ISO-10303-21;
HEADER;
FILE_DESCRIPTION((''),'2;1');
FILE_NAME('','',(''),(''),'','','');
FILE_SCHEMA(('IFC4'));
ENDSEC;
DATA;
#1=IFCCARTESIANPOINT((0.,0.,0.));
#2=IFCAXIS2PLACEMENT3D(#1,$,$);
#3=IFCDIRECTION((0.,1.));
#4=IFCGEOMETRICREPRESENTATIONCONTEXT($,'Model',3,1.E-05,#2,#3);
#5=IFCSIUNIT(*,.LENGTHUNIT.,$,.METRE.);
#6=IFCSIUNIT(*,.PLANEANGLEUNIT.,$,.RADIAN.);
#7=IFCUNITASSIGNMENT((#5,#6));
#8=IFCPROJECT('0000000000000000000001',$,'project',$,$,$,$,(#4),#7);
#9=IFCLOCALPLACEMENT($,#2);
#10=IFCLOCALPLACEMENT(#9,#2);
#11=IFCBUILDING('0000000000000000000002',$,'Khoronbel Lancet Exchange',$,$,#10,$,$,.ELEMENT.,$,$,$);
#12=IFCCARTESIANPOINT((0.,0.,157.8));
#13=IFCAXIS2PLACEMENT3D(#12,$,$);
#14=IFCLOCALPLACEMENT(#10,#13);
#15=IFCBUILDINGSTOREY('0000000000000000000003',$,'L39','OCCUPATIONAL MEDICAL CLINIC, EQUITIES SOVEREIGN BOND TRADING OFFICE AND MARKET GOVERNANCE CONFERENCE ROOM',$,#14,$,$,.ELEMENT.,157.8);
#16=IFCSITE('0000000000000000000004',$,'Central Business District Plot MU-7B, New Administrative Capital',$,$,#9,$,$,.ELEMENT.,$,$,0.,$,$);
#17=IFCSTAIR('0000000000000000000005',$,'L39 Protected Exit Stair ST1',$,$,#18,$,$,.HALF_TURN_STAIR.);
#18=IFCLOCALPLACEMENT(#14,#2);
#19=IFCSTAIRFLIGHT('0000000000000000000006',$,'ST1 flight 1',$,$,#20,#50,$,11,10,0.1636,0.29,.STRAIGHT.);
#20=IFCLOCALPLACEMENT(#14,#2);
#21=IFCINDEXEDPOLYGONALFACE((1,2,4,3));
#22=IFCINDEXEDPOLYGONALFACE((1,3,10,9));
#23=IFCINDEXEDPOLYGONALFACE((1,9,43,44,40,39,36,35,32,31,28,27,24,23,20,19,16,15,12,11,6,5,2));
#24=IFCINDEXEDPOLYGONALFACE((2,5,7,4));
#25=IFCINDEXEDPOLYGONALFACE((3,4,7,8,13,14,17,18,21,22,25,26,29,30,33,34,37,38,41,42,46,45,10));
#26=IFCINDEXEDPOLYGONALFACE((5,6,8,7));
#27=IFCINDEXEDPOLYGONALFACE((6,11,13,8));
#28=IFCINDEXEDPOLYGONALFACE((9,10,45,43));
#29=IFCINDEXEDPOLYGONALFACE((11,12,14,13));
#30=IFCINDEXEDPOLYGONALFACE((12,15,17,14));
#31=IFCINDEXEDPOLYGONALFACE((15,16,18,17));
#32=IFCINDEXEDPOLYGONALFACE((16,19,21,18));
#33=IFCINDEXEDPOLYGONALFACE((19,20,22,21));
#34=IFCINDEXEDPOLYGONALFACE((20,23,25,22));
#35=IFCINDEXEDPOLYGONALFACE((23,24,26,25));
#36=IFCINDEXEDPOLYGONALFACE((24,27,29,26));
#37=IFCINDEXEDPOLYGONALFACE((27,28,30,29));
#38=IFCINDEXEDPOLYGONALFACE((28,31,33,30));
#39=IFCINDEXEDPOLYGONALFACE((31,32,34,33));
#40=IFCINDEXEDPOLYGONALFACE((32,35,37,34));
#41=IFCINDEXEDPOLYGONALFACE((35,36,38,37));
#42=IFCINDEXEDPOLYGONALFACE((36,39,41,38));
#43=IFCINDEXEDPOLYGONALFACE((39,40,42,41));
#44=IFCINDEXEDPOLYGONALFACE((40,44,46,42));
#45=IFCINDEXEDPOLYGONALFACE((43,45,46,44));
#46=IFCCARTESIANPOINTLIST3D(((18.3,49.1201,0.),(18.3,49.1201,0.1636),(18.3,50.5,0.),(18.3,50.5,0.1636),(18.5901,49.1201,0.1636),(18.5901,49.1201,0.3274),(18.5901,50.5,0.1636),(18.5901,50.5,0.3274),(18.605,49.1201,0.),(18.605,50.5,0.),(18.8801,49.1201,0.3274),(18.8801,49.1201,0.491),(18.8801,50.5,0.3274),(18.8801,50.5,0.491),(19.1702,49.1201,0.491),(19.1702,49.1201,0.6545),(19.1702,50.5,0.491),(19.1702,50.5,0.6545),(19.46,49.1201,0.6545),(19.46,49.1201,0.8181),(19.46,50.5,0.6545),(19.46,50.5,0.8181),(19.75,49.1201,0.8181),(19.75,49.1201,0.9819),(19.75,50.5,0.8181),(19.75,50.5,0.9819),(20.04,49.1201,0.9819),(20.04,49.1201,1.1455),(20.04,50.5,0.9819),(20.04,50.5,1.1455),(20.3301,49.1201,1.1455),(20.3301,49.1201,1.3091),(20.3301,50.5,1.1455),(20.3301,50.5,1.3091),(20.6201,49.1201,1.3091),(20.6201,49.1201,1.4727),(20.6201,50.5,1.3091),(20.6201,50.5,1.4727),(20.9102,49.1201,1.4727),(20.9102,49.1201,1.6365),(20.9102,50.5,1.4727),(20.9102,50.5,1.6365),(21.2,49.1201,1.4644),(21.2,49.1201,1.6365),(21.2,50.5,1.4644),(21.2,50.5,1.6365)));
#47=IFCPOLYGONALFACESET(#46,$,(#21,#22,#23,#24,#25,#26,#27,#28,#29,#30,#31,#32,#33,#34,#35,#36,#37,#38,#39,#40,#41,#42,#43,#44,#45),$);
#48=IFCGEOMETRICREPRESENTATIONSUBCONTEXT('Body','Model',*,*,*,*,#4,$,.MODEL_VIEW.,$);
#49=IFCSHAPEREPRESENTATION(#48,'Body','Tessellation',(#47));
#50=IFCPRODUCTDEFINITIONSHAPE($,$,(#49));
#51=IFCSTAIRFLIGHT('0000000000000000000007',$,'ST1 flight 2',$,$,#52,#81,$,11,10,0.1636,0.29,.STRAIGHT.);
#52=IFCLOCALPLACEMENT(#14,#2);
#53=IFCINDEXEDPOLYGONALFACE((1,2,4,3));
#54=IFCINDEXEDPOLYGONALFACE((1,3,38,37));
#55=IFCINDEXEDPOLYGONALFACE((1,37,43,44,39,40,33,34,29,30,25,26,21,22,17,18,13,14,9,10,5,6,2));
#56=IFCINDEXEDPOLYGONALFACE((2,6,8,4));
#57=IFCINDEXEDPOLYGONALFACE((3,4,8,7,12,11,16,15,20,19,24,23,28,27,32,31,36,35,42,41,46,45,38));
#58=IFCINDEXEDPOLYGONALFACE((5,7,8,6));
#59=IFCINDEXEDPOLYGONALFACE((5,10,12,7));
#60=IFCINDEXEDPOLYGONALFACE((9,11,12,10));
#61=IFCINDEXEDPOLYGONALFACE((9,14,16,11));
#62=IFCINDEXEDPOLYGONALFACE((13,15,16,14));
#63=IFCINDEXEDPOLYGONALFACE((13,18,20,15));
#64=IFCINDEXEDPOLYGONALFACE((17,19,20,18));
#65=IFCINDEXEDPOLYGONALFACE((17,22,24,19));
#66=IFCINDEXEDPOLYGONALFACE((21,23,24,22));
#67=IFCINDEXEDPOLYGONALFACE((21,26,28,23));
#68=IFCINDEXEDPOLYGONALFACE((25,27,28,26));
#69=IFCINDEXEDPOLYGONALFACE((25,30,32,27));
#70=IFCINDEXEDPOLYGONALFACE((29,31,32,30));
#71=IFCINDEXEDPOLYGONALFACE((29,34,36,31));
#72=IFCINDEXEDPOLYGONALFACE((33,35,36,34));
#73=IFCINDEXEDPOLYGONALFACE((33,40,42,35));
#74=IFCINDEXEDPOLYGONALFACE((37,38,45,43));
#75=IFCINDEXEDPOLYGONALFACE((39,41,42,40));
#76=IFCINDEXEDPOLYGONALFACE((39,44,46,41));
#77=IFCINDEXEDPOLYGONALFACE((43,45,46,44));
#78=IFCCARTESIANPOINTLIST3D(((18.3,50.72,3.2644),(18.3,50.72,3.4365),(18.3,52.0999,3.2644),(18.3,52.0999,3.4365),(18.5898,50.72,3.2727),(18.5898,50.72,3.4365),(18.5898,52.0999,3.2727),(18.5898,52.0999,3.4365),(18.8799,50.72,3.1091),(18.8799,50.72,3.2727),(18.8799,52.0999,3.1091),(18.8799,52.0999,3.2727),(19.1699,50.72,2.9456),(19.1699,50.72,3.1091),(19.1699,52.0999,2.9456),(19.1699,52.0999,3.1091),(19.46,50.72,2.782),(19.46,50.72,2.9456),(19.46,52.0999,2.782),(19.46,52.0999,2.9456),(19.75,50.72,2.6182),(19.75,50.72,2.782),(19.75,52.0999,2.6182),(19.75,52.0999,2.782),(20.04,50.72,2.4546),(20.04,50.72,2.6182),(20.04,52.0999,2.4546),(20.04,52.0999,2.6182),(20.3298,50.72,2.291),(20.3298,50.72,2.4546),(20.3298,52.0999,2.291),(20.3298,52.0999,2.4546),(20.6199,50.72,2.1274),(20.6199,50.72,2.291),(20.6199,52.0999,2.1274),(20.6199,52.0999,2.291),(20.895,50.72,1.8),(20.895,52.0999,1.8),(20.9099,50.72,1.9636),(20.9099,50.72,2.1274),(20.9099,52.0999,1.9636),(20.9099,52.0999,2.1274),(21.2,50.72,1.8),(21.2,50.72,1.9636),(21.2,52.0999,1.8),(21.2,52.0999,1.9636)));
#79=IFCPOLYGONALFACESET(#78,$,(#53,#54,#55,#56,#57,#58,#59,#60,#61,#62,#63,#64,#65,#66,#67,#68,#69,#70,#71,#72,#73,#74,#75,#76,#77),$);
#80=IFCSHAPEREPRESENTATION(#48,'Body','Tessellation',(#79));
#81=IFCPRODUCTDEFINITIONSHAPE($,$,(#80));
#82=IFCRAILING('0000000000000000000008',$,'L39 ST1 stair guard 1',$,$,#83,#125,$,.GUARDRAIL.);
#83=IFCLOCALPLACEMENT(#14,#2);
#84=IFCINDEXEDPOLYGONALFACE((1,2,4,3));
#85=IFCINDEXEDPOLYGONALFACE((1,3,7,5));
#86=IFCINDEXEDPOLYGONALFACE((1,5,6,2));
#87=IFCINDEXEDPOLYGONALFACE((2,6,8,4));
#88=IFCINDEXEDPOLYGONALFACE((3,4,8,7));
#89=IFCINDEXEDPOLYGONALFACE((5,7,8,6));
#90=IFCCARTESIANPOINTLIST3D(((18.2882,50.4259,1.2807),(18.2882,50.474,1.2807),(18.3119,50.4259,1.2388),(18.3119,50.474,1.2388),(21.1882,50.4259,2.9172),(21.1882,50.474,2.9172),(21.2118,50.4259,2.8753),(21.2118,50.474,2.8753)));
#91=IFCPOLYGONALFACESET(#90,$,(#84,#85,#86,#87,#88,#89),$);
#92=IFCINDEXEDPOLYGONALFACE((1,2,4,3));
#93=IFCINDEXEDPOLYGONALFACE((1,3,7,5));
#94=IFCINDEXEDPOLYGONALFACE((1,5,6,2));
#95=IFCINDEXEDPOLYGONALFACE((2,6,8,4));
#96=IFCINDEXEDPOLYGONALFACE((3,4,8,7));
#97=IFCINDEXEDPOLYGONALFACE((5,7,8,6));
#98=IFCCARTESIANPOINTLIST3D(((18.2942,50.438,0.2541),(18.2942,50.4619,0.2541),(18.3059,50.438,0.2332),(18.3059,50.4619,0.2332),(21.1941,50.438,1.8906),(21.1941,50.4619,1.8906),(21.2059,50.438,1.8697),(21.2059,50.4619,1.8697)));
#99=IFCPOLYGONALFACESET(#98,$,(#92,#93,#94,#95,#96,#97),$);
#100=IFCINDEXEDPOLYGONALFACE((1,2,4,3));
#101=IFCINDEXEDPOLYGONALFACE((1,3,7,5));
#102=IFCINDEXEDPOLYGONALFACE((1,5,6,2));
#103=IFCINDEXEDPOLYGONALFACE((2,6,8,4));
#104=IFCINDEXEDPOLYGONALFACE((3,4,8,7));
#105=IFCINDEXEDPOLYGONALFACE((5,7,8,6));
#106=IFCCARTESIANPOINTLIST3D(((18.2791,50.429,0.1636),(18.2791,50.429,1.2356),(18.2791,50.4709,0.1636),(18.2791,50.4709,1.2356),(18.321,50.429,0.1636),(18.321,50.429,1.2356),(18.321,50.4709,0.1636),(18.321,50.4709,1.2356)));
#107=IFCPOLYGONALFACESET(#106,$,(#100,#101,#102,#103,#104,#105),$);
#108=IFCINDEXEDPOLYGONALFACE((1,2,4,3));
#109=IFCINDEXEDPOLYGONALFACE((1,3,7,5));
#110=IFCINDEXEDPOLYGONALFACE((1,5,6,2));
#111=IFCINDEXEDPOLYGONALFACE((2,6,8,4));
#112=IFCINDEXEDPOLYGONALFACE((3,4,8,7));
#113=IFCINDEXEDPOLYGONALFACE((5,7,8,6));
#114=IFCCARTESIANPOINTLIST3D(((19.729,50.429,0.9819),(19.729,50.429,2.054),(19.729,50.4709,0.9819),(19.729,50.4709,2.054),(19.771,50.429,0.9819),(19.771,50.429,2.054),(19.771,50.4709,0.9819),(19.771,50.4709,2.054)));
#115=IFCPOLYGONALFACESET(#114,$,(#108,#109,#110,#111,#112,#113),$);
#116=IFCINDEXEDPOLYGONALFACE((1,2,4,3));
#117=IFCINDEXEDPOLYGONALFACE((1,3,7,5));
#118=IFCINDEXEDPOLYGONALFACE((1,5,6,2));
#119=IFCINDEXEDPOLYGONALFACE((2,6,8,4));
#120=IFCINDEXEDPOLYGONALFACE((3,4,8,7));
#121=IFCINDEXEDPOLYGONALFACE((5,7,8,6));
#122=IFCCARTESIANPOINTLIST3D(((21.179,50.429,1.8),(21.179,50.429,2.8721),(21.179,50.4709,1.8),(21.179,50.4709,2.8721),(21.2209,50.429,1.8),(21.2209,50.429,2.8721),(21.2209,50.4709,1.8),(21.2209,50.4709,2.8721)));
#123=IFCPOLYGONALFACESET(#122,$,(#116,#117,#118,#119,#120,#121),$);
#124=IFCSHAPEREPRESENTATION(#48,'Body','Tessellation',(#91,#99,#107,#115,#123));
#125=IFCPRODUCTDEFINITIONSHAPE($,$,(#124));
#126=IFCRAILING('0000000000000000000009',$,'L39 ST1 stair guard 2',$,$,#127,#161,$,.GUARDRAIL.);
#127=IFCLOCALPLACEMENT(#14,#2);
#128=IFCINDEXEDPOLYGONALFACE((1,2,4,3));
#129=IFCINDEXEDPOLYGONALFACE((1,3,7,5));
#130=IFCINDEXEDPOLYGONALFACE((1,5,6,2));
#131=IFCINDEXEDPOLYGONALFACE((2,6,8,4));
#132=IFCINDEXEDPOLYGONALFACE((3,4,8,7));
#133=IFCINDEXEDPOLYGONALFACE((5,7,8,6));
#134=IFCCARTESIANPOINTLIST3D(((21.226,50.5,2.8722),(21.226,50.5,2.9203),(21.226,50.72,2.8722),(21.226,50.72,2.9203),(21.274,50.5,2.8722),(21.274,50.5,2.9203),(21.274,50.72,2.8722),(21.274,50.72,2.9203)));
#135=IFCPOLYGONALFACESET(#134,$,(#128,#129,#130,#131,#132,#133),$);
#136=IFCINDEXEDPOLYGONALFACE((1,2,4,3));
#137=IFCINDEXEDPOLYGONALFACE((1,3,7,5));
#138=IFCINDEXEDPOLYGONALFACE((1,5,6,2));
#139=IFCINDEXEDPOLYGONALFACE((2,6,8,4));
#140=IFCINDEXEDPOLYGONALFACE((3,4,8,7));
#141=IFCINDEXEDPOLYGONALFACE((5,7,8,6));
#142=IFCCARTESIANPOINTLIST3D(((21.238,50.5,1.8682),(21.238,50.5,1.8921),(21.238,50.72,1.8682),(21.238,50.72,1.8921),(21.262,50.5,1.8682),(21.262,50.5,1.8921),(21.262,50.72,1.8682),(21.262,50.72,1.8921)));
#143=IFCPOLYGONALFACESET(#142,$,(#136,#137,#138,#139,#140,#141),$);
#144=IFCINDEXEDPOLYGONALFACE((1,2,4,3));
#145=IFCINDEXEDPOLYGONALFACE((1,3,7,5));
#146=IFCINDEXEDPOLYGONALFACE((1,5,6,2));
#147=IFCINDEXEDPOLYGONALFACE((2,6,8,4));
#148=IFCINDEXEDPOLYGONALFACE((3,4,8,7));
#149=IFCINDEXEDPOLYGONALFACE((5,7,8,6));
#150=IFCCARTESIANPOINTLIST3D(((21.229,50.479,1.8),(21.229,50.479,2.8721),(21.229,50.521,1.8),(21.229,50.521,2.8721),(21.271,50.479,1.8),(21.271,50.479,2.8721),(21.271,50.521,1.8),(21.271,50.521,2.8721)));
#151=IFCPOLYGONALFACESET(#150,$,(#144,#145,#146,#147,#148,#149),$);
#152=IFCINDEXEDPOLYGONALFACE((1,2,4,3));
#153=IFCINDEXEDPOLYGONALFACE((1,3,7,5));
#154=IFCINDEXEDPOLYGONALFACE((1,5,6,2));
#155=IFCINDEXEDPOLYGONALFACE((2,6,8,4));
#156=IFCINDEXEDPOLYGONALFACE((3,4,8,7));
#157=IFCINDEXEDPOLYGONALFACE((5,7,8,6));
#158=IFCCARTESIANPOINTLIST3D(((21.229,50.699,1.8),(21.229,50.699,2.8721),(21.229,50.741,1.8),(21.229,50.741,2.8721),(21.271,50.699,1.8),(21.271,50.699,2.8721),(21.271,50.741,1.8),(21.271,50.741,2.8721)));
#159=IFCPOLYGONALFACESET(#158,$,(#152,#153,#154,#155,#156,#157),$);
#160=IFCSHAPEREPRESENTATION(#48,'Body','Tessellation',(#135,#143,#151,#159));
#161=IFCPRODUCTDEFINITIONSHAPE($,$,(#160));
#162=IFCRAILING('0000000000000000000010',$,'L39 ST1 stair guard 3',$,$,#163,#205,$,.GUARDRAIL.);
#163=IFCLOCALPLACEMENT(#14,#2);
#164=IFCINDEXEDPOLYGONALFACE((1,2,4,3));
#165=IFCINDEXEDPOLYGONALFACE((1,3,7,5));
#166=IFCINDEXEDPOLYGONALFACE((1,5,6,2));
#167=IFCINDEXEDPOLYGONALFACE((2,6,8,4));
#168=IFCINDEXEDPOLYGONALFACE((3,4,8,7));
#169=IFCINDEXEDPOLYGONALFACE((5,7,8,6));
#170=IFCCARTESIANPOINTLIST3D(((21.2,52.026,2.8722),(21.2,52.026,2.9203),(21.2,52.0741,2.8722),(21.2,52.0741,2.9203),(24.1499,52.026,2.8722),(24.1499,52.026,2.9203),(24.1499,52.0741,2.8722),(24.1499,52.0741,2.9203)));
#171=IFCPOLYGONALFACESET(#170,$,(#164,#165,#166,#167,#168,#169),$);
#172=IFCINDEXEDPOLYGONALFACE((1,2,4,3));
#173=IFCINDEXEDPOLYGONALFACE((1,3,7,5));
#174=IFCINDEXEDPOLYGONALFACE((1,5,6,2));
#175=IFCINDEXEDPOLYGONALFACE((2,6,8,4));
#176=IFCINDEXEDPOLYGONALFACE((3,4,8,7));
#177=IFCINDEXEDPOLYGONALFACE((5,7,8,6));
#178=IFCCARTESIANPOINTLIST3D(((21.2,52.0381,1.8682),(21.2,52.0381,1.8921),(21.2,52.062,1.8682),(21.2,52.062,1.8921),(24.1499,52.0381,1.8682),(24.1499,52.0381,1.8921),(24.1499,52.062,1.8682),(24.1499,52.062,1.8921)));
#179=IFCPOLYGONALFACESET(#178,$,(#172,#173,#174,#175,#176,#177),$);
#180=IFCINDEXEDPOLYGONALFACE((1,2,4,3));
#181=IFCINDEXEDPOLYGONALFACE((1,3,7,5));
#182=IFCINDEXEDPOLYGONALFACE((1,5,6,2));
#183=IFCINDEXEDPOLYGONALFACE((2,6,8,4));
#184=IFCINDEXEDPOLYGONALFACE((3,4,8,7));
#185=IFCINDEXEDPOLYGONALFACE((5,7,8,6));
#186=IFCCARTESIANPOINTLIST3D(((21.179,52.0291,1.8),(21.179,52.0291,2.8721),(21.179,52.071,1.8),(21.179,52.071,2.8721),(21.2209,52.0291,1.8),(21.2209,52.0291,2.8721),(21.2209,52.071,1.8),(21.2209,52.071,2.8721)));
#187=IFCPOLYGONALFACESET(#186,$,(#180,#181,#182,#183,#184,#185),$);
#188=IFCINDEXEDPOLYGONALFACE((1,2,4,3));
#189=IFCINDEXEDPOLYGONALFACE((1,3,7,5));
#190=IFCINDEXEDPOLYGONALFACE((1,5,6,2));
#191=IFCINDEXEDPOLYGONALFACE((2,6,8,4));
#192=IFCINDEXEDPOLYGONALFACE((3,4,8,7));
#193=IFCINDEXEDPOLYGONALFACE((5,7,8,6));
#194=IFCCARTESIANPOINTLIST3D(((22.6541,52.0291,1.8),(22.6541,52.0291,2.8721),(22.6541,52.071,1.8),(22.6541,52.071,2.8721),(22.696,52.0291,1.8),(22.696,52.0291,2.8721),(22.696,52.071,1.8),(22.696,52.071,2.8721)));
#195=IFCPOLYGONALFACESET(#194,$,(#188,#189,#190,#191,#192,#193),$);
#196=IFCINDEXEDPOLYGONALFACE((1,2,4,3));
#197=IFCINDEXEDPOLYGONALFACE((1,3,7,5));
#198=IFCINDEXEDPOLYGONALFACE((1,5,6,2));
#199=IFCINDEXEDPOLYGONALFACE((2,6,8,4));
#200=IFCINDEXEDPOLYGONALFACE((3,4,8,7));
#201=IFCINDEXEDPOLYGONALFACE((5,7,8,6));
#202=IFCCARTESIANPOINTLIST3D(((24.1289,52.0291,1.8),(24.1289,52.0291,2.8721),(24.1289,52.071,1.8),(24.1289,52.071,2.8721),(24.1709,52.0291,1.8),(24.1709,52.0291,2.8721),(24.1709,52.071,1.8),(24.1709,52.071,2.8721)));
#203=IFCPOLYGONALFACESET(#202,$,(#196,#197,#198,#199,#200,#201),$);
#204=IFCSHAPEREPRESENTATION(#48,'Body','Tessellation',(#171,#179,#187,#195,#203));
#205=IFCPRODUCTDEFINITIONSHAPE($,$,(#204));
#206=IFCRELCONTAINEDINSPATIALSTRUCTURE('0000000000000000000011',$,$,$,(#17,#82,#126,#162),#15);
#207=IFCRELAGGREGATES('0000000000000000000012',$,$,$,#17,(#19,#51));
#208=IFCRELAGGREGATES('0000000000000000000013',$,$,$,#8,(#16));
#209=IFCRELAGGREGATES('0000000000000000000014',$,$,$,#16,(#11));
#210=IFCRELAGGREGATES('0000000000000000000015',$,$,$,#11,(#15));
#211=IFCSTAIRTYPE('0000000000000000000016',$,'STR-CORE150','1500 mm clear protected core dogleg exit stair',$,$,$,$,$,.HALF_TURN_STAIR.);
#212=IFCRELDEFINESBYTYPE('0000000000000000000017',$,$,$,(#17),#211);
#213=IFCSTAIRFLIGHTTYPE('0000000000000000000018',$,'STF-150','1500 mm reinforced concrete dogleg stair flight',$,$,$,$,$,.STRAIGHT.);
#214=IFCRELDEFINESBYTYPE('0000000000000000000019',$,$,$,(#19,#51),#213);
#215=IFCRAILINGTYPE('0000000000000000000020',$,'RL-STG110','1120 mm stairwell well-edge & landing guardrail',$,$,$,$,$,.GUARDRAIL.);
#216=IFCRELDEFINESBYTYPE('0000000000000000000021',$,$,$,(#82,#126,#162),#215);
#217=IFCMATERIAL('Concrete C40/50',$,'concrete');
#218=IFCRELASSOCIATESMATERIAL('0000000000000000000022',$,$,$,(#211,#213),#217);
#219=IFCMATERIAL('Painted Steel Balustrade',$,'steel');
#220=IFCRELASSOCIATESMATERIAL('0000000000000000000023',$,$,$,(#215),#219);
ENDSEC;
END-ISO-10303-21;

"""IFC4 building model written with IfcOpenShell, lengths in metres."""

from ifc_helpers import new_model, si_unit, direction, frame, origin, origin_2d, place, context, subcontext, project, spatial, polyline, rectangle, outline, extrude, material, type_object, element, aggregate, save


model = new_model("IFC4")

# Units and contexts
model_context = context("Model", 3, precision=1e-05, world=origin(), true_north=direction((0.0, 1.0)))
body_context = subcontext(model_context, "Body", "Model", "MODEL_VIEW")
ifc_project = project(units=[si_unit("LENGTHUNIT", "METRE"), si_unit("PLANEANGLEUNIT", "RADIAN")], contexts=[model_context])

# Site, building, storey
site_placement = place(None, origin())
site = spatial("IfcSite", under=ifc_project, at=site_placement, Name="Central Business District Plot MU-7B, New Administrative Capital", CompositionType="ELEMENT", RefElevation=0.0)
building_placement = place(site_placement, origin())
building = spatial("IfcBuilding", under=site, at=building_placement, Name="Khoronbel Lancet Exchange", CompositionType="ELEMENT")
storey_placement = place(building_placement, frame((0.0, 0.0, 157.8)))
storey = spatial("IfcBuildingStorey", under=building, at=storey_placement, Name="L39", Description="OCCUPATIONAL MEDICAL CLINIC, EQUITIES SOVEREIGN BOND TRADING OFFICE AND MARKET GOVERNANCE CONFERENCE ROOM", CompositionType="ELEMENT", Elevation=157.8)

# Stair, stair flights
ifc_material_1 = material(Name="Concrete C40/50", Category="concrete")
stair_type = type_object("IfcStairType", Name="STR-CORE150", Description="1500 mm clear protected core dogleg exit stair", PredefinedType="HALF_TURN_STAIR", material=ifc_material_1)
stair_placement = place(storey_placement, origin())
stair = element("IfcStair", 1, at=stair_placement, inside=storey, type_object=stair_type, Name="L39 Protected Exit Stair ST1", PredefinedType="HALF_TURN_STAIR")
stair_flight_type = type_object("IfcStairFlightType", Name="STF-150", Description="1500 mm reinforced concrete dogleg stair flight", PredefinedType="STRAIGHT", material=ifc_material_1)
stair_flight_1_placement = place(storey_placement, frame((18.3, 49.8101, 0.0), z_axis=(0.0, 0.0, 1.0), x_axis=(1.0, 0.0, 0.0)))
stair_flight_1 = element("IfcStairFlight", 2, at=stair_flight_1_placement, type_object=stair_flight_type, Name="ST1 flight 1", NumberOfRisers=11, NumberOfTreads=10, PredefinedType="STRAIGHT", RiserHeight=0.1636, TreadLength=0.29, context=body_context, shape_type="SweptSolid", body=[
    extrude(outline(polyline([(0.0, 0.0), (0.0, 0.1636), (0.29, 0.1636), (0.29, 0.3274), (0.5801, 0.3274), (0.5801, 0.491), (0.8701, 0.491), (0.8701, 0.6545), (1.1599, 0.6545), (1.1599, 0.8181), (1.45, 0.8181), (1.45, 0.9819), (1.74, 0.9819), (1.74, 1.1455), (2.03, 1.1455), (2.03, 1.3091), (2.3201, 1.3091), (2.3201, 1.4727), (2.6101, 1.4727), (2.6101, 1.6365), (2.8999, 1.6365), (2.8999, 1.8), (2.8999, 1.4644), (0.3049, 0.0), (0.0, 0.0)])), frame((0.0, 0.6899, 0.0), z_axis=(0.0, -1.0, 0.0), x_axis=(1.0, 0.0, 0.0)), (0.0, 0.0, 1.0), 1.3799),
])
stair_flight_2_placement = place(storey_placement, frame((21.2, 51.4099, 1.8), z_axis=(0.0, 0.0, 1.0), x_axis=(-1.0, 0.0, 0.0)))
stair_flight_2 = element("IfcStairFlight", 3, at=stair_flight_2_placement, type_object=stair_flight_type, Name="ST1 flight 2", NumberOfRisers=11, NumberOfTreads=10, PredefinedType="STRAIGHT", RiserHeight=0.1636, TreadLength=0.29, context=body_context, shape_type="SweptSolid", body=[
    extrude(outline(polyline([(0.0, 0.0), (0.0, 0.1636), (0.29, 0.1636), (0.29, 0.3274), (0.5801, 0.3274), (0.5801, 0.491), (0.8701, 0.491), (0.8701, 0.6545), (1.1599, 0.6545), (1.1599, 0.8181), (1.45, 0.8181), (1.45, 0.9819), (1.74, 0.9819), (1.74, 1.1455), (2.03, 1.1455), (2.03, 1.3091), (2.3201, 1.3091), (2.3201, 1.4727), (2.6101, 1.4727), (2.6101, 1.6365), (2.8999, 1.6365), (2.8999, 1.8), (2.8999, 1.4644), (0.3049, 0.0), (0.0, 0.0)])), frame((0.0, 0.6899, 0.0), z_axis=(0.0, -1.0, 0.0), x_axis=(1.0, 0.0, 0.0)), (0.0, 0.0, 1.0), 1.3799),
])
aggregate(stair, [stair_flight_1, stair_flight_2])

# Railings
ifc_material_2 = material(Name="Painted Steel Balustrade", Category="steel")
railing_type_1 = type_object("IfcRailingType", Name="RL-STG110", Description="1120 mm stairwell well-edge & landing guardrail", PredefinedType="GUARDRAIL", material=ifc_material_2)
railing_1_placement = place(storey_placement, frame((18.3, 50.45, 0.1636)))
element("IfcRailing", 4, at=railing_1_placement, inside=storey, type_object=railing_type_1, Name="L39 ST1 stair guard 1", PredefinedType="GUARDRAIL", context=body_context, shape_type="SweptSolid", body=[
    extrude(rectangle(XDim=0.0481, YDim=0.0481, at=origin_2d()), frame((0.0, 0.0, 1.0962), z_axis=(0.870897, 0.0, 0.491465), x_axis=(0.0, 1.0, 0.0)), (0.0, 0.0, 1.0), 3.3298),
    extrude(rectangle(XDim=0.0239, YDim=0.0239, at=origin_2d()), frame((0.0, 0.0, 0.0801), z_axis=(0.870897, 0.0, 0.491465), x_axis=(0.0, 1.0, 0.0)), (0.0, 0.0, 1.0), 3.3298),
    extrude(rectangle(XDim=0.042, YDim=0.042, at=origin_2d()), origin(), (0.0, 0.0, 1.0), 1.072),
    extrude(rectangle(XDim=0.042, YDim=0.042, at=origin_2d()), frame((1.45, 0.0, 0.8184)), (0.0, 0.0, 1.0), 1.072),
    extrude(rectangle(XDim=0.042, YDim=0.042, at=origin_2d()), frame((2.8999, 0.0, 1.6365)), (0.0, 0.0, 1.0), 1.072),
])
railing_2_placement = place(storey_placement, frame((21.25, 50.5, 1.8)))
element("IfcRailing", 5, at=railing_2_placement, inside=storey, type_object=railing_type_1, Name="L39 ST1 stair guard 2", PredefinedType="GUARDRAIL", context=body_context, shape_type="SweptSolid", body=[
    extrude(rectangle(XDim=0.0481, YDim=0.0481, at=origin_2d()), frame((0.0, 0.0, 1.0962), z_axis=(0.0, 1.0, 0.0), x_axis=(-1.0, 0.0, 0.0)), (0.0, 0.0, 1.0), 0.22),
    extrude(rectangle(XDim=0.0239, YDim=0.0239, at=origin_2d()), frame((0.0, 0.0, 0.0801), z_axis=(0.0, 1.0, 0.0), x_axis=(-1.0, 0.0, 0.0)), (0.0, 0.0, 1.0), 0.22),
    extrude(rectangle(XDim=0.042, YDim=0.042, at=origin_2d()), origin(), (0.0, 0.0, 1.0), 1.072),
    extrude(rectangle(XDim=0.042, YDim=0.042, at=origin_2d()), frame((0.0, 0.22, 0.0)), (0.0, 0.0, 1.0), 1.072),
])
railing_3_placement = place(storey_placement, frame((21.2, 52.05, 1.8)))
element("IfcRailing", 6, at=railing_3_placement, inside=storey, type_object=railing_type_1, Name="L39 ST1 stair guard 3", PredefinedType="GUARDRAIL", context=body_context, shape_type="SweptSolid", body=[
    extrude(rectangle(XDim=0.0481, YDim=0.0481, at=origin_2d()), frame((0.0, 0.0, 1.0962), z_axis=(1.0, 0.0, 0.0), x_axis=(0.0, 1.0, 0.0)), (0.0, 0.0, 1.0), 2.95),
    extrude(rectangle(XDim=0.0239, YDim=0.0239, at=origin_2d()), frame((0.0, 0.0, 0.0801), z_axis=(1.0, 0.0, 0.0), x_axis=(0.0, 1.0, 0.0)), (0.0, 0.0, 1.0), 2.95),
    extrude(rectangle(XDim=0.042, YDim=0.042, at=origin_2d()), origin(), (0.0, 0.0, 1.0), 1.072),
    extrude(rectangle(XDim=0.042, YDim=0.042, at=origin_2d()), frame((1.4751, 0.0, 0.0)), (0.0, 0.0, 1.0), 1.072),
    extrude(rectangle(XDim=0.042, YDim=0.042, at=origin_2d()), frame((2.95, 0.0, 0.0)), (0.0, 0.0, 1.0), 1.072),
])

save(model, "model.ifc")
